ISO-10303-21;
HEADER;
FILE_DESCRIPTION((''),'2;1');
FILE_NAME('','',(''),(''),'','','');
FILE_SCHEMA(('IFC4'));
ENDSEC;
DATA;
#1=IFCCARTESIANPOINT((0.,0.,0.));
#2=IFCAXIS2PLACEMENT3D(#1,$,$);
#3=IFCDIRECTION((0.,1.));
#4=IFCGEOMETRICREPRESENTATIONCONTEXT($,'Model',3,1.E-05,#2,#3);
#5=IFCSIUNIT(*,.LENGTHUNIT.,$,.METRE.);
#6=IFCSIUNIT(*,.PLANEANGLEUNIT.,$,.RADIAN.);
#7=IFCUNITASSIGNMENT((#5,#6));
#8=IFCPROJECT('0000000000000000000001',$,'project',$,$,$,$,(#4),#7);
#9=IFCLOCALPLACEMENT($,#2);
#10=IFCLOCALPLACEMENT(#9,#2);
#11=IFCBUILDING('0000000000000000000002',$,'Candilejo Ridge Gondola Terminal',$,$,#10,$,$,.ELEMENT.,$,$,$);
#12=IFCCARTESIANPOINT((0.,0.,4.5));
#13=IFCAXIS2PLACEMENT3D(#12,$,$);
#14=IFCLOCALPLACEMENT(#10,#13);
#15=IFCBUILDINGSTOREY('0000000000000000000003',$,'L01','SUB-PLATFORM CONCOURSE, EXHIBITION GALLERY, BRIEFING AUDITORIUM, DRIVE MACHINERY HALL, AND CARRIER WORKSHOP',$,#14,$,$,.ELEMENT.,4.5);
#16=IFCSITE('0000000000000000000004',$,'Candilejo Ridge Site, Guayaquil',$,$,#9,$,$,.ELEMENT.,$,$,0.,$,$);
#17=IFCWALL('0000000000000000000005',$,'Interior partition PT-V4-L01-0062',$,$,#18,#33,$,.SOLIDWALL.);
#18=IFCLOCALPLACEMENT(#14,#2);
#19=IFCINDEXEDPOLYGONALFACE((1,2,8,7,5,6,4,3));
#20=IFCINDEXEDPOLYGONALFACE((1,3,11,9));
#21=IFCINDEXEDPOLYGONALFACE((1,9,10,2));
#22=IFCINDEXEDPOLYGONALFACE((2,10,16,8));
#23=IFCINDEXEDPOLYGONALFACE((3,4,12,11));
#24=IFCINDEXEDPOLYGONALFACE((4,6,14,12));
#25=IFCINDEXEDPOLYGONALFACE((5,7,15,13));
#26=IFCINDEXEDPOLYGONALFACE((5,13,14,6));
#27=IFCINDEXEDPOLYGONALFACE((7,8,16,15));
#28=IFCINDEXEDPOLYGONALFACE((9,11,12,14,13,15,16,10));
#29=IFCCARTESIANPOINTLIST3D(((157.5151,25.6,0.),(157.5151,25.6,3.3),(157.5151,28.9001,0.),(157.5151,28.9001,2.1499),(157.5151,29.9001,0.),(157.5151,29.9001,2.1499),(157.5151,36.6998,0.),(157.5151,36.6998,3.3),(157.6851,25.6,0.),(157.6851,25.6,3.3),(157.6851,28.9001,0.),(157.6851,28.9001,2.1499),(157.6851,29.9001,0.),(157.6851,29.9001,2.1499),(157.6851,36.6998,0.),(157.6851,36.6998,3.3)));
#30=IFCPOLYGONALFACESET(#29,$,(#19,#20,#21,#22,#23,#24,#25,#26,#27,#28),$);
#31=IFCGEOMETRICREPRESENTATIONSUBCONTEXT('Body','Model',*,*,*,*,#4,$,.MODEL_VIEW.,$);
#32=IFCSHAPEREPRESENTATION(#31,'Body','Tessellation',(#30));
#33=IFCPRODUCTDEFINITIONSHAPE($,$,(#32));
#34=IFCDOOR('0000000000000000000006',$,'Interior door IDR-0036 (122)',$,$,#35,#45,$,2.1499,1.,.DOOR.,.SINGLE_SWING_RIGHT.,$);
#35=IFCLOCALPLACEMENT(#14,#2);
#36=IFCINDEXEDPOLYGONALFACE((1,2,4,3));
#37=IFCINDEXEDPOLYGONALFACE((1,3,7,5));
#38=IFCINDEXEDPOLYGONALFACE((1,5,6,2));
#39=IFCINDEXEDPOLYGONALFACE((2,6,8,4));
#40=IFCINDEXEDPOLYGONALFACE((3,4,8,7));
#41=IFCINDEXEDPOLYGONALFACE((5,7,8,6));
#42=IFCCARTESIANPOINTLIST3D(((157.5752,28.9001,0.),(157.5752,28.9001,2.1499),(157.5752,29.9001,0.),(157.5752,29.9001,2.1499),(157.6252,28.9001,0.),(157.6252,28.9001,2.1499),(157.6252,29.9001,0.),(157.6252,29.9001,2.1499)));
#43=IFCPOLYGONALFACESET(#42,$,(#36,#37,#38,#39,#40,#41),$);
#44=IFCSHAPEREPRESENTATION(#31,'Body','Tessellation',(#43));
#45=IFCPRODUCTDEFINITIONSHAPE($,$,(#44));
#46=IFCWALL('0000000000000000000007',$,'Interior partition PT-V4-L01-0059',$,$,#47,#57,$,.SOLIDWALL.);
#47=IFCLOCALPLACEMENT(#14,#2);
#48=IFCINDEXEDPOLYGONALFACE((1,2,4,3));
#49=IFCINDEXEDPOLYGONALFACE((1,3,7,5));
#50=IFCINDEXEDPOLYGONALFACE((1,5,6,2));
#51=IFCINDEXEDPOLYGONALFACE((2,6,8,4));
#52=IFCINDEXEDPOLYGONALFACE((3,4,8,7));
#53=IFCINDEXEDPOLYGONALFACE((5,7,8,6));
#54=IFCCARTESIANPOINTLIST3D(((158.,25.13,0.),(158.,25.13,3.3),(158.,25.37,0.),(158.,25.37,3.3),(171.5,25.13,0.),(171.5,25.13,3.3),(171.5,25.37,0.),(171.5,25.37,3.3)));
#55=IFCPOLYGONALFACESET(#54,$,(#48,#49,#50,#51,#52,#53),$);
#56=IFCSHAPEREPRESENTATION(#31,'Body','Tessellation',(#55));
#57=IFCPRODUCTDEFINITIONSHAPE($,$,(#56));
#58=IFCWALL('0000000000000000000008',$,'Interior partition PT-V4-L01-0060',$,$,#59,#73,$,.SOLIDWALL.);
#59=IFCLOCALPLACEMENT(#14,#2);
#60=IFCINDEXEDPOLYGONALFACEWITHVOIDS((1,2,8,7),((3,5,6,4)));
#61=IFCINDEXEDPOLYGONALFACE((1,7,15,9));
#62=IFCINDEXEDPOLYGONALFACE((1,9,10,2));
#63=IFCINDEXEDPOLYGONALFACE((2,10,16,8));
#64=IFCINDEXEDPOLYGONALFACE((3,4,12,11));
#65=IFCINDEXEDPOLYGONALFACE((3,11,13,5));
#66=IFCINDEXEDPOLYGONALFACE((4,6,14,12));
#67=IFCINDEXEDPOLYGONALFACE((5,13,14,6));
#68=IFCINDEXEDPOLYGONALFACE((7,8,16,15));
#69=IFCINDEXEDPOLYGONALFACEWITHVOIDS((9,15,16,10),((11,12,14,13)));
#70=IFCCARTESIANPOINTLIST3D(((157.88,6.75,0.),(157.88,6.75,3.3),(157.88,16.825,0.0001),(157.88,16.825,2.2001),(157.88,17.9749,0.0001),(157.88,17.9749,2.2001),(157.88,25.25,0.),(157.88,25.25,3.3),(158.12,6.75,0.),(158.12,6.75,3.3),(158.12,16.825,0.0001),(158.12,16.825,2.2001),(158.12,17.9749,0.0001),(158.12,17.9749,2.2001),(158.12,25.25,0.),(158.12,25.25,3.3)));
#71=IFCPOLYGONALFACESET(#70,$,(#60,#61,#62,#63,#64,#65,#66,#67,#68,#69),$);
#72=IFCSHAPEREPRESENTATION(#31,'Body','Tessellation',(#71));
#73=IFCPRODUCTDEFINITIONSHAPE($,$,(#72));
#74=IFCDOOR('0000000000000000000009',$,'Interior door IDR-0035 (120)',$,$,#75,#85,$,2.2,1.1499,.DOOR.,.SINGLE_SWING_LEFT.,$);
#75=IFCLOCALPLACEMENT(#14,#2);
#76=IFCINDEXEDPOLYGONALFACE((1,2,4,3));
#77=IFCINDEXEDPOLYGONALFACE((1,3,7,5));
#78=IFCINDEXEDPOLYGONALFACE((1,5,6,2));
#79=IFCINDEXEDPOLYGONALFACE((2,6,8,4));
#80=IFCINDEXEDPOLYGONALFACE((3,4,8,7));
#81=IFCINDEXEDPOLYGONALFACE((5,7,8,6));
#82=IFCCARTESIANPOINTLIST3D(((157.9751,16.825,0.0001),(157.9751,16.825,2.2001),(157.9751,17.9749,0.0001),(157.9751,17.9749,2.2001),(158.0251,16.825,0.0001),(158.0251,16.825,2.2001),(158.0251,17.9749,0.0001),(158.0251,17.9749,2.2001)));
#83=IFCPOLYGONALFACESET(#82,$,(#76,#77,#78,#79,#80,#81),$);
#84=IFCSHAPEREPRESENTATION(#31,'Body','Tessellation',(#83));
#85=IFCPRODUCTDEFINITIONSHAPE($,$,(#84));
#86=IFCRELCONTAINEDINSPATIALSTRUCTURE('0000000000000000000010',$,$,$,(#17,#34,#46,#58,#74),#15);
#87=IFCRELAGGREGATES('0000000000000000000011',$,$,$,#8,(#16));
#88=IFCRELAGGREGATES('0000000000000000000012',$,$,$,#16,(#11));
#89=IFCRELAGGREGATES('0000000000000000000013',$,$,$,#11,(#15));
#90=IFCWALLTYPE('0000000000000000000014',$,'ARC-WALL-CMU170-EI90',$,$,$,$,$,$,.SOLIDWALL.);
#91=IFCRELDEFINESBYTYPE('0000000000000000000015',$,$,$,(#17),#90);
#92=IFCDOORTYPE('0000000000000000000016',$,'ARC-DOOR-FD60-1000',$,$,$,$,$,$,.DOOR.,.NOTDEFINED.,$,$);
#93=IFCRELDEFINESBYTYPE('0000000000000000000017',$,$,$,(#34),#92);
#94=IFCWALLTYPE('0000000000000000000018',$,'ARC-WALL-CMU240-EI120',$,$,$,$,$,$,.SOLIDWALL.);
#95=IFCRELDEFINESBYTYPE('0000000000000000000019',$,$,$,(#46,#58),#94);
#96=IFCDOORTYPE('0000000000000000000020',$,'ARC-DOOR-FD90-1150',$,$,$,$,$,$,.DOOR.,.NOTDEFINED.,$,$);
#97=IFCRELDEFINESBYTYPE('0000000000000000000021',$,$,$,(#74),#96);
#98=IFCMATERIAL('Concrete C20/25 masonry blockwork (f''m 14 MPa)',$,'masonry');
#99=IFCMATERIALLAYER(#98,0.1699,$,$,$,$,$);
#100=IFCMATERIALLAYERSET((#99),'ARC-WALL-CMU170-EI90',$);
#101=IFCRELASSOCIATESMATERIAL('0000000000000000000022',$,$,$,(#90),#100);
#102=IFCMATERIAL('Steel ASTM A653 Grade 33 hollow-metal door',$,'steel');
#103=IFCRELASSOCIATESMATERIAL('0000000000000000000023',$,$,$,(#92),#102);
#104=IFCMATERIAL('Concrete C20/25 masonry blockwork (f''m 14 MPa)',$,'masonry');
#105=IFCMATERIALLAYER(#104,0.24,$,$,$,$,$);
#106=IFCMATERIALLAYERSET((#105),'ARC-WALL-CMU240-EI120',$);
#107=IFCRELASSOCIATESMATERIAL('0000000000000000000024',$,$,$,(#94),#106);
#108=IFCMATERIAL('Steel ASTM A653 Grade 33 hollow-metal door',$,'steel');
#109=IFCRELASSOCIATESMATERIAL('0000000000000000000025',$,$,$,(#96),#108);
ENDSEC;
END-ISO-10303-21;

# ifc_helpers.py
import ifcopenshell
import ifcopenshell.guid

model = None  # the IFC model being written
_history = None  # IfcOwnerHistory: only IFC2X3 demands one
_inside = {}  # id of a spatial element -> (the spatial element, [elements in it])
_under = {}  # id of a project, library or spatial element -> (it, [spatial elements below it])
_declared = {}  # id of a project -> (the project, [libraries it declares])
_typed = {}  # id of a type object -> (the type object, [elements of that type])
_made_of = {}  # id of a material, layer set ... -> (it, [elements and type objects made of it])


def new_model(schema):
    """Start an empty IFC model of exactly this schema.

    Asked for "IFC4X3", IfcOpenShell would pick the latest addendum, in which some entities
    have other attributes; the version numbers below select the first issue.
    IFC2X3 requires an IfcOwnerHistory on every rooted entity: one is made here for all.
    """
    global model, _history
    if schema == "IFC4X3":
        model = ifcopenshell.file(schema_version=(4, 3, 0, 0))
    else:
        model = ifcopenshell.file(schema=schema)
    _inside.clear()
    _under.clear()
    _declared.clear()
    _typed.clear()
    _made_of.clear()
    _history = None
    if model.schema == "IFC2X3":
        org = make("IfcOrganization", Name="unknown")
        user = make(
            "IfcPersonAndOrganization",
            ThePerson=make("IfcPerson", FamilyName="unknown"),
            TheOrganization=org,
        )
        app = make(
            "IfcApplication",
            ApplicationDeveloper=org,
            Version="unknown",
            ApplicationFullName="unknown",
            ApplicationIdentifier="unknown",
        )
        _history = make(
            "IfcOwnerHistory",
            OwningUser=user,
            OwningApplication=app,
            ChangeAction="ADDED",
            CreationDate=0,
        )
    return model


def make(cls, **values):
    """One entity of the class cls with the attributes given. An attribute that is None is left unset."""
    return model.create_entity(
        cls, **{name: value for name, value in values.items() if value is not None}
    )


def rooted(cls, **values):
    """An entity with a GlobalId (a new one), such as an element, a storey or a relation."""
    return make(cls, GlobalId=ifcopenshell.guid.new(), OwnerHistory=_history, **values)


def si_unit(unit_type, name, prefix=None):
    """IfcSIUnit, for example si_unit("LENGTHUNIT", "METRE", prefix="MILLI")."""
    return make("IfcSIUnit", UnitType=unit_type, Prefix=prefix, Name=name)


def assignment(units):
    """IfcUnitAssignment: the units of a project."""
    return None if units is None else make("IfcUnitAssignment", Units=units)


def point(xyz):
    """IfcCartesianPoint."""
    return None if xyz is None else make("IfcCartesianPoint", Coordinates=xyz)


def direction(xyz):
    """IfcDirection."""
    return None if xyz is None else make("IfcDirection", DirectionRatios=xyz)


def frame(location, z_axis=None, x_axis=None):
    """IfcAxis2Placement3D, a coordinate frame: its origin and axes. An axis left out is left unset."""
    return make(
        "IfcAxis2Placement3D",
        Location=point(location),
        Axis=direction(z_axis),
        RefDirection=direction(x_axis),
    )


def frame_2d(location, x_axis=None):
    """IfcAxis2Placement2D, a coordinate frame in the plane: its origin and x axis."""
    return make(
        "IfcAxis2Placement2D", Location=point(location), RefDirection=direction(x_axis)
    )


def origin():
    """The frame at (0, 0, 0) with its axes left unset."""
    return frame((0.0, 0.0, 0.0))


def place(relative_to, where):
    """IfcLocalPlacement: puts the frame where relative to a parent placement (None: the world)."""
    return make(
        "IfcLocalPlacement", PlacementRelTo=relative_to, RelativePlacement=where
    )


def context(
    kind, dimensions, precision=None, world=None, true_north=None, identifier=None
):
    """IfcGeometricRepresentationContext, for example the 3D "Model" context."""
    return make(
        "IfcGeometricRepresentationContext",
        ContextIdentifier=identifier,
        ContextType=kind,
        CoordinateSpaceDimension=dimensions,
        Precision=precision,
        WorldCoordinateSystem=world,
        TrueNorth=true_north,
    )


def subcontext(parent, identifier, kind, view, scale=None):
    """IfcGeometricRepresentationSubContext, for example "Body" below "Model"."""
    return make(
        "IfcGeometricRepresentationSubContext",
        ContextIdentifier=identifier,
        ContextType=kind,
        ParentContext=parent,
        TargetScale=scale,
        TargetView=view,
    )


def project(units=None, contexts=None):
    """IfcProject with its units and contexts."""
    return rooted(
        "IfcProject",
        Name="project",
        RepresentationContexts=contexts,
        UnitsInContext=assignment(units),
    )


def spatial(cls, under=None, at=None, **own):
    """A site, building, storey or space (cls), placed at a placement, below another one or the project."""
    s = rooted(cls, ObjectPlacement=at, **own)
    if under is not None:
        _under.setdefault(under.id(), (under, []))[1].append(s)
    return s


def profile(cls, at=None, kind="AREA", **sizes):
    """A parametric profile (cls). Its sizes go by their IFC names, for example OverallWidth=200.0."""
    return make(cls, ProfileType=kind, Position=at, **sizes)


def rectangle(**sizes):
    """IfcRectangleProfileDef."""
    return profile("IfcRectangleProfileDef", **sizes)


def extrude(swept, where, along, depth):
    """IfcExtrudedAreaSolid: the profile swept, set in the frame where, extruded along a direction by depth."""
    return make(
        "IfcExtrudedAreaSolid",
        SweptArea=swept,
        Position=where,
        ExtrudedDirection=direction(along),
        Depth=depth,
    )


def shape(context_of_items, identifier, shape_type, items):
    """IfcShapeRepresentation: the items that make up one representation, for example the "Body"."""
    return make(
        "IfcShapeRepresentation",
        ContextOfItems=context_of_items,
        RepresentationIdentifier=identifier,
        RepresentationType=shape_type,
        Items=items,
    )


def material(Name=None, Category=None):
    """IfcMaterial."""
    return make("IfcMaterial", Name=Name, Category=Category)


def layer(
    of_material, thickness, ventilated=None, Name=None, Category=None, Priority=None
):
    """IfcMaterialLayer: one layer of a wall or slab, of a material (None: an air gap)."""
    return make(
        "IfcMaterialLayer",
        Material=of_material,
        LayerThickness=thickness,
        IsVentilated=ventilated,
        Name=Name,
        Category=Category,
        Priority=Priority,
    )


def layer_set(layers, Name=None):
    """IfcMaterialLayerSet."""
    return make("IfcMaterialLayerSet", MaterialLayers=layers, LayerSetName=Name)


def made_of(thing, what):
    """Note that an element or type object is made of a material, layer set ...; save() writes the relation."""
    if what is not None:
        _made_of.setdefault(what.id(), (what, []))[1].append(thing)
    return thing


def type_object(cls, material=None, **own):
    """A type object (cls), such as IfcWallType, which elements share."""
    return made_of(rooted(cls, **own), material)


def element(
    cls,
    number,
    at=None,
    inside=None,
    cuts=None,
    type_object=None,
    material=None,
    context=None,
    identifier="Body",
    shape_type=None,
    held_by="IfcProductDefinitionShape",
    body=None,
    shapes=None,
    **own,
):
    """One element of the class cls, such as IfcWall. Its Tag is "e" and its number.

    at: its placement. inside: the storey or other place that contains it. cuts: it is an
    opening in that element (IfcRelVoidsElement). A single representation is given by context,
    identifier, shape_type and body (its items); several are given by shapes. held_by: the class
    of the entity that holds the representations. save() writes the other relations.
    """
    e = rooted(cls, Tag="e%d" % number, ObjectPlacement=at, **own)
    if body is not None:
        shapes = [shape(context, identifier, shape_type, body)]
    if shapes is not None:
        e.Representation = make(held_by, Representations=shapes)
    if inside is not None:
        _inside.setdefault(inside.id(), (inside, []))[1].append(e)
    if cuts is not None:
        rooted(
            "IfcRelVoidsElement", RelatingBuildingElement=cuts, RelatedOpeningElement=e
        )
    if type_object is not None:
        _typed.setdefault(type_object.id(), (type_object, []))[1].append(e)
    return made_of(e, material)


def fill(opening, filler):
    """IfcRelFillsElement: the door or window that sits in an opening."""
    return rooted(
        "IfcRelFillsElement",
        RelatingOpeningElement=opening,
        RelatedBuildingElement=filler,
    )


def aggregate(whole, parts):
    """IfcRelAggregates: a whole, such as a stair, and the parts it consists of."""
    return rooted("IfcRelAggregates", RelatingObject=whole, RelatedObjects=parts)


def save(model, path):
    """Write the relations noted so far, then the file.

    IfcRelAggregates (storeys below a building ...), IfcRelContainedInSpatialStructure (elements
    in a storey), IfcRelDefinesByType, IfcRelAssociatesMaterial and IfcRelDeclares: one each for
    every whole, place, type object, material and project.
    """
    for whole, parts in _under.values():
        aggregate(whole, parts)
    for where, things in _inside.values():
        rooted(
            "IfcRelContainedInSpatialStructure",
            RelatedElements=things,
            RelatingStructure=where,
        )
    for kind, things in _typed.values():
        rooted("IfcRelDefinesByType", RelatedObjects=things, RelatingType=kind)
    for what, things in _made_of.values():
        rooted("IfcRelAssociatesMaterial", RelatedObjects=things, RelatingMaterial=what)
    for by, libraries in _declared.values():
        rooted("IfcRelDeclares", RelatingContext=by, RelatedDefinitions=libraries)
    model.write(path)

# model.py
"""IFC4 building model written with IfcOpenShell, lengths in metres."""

from ifc_helpers import new_model, si_unit, direction, frame, frame_2d, origin, place, context, subcontext, project, spatial, rectangle, extrude, material, layer, layer_set, type_object, element, fill, save


model = new_model("IFC4")

# Units and contexts
model_context = context("Model", 3, precision=1e-05, world=origin(), true_north=direction((0.0, 1.0)))
body_context = subcontext(model_context, "Body", "Model", "MODEL_VIEW")
ifc_project = project(units=[si_unit("LENGTHUNIT", "METRE"), si_unit("PLANEANGLEUNIT", "RADIAN")], contexts=[model_context])

# Site, building, storey
site_placement = place(None, origin())
site = spatial("IfcSite", under=ifc_project, at=site_placement, Name="Candilejo Ridge Site, Guayaquil", CompositionType="ELEMENT", RefElevation=0.0)
building_placement = place(site_placement, origin())
building = spatial("IfcBuilding", under=site, at=building_placement, Name="Candilejo Ridge Gondola Terminal", CompositionType="ELEMENT")
storey_placement = place(building_placement, frame((0.0, 0.0, 4.5)))
storey = spatial("IfcBuildingStorey", under=building, at=storey_placement, Name="L01", Description="SUB-PLATFORM CONCOURSE, EXHIBITION GALLERY, BRIEFING AUDITORIUM, DRIVE MACHINERY HALL, AND CARRIER WORKSHOP", CompositionType="ELEMENT", Elevation=4.5)

# Wall, opening, door
ifc_material_1 = material(Name="Concrete C20/25 masonry blockwork (f'm 14 MPa)", Category="masonry")
ifc_layer_1 = layer(ifc_material_1, 0.1699)
ifc_layer_set_1 = layer_set([ifc_layer_1], Name="ARC-WALL-CMU170-EI90")
wall_type_1 = type_object("IfcWallType", Name="ARC-WALL-CMU170-EI90", PredefinedType="SOLIDWALL", material=ifc_layer_set_1)
wall_1_placement = place(storey_placement, frame((157.6001, 25.6001, 0.0), z_axis=(0.0, 0.0, 1.0), x_axis=(0.0, 1.0, 0.0)))
wall_1 = element("IfcWall", 1, at=wall_1_placement, inside=storey, type_object=wall_type_1, Name="Interior partition PT-V4-L01-0062", PredefinedType="SOLIDWALL", context=body_context, shape_type="SweptSolid", body=[
    extrude(rectangle(XDim=11.0999, YDim=0.1699, at=frame_2d((5.5498, 0.0))), origin(), (0.0, 0.0, 1.0), 3.3),
])
opening_1_placement = place(wall_1_placement, frame((3.3, 0.0, 0.0)))
opening_1 = element("IfcOpeningElement", 2, at=opening_1_placement, cuts=wall_1, PredefinedType="OPENING", context=body_context, shape_type="SweptSolid", body=[
    extrude(rectangle(XDim=1.0, YDim=2.1499, at=frame_2d((0.5, 1.075))), frame((0.0, 0.095, 0.0), z_axis=(0.0, -1.0, 0.0), x_axis=(1.0, 0.0, 0.0)), (0.0, 0.0, 1.0), 0.1899),
])
ifc_material_2 = material(Name="Steel ASTM A653 Grade 33 hollow-metal door", Category="steel")
door_type_1 = type_object("IfcDoorType", Name="ARC-DOOR-FD60-1000", OperationType="NOTDEFINED", PredefinedType="DOOR", material=ifc_material_2)
door_1_placement = place(opening_1_placement, origin())
door_1 = element("IfcDoor", 3, at=door_1_placement, inside=storey, type_object=door_type_1, Name="Interior door IDR-0036 (122)", OperationType="SINGLE_SWING_RIGHT", OverallHeight=2.1499, OverallWidth=1.0, PredefinedType="DOOR", context=body_context, shape_type="SweptSolid", body=[
    extrude(rectangle(XDim=1.0, YDim=2.1499, at=frame_2d((0.5, 1.075))), frame((0.0, 0.0249, 0.0), z_axis=(0.0, -1.0, 0.0), x_axis=(1.0, 0.0, 0.0)), (0.0, 0.0, 1.0), 0.05),
])
fill(opening_1, door_1)

# Wall
ifc_material_3 = material(Name="Concrete C20/25 masonry blockwork (f'm 14 MPa)", Category="masonry")
ifc_layer_2 = layer(ifc_material_3, 0.24)
ifc_layer_set_2 = layer_set([ifc_layer_2], Name="ARC-WALL-CMU240-EI120")
wall_type_2 = type_object("IfcWallType", Name="ARC-WALL-CMU240-EI120", PredefinedType="SOLIDWALL", material=ifc_layer_set_2)
wall_2_placement = place(storey_placement, frame((158.0, 25.25, 0.0), z_axis=(0.0, 0.0, 1.0), x_axis=(1.0, 0.0, 0.0)))
element("IfcWall", 4, at=wall_2_placement, inside=storey, type_object=wall_type_2, Name="Interior partition PT-V4-L01-0059", PredefinedType="SOLIDWALL", context=body_context, shape_type="SweptSolid", body=[
    extrude(rectangle(XDim=13.5, YDim=0.24, at=frame_2d((6.75, 0.0))), origin(), (0.0, 0.0, 1.0), 3.3),
])

# Wall, opening, door
wall_3_placement = place(storey_placement, frame((158.0, 6.75, 0.0), z_axis=(0.0, 0.0, 1.0), x_axis=(0.0, 1.0, 0.0)))
wall_3 = element("IfcWall", 5, at=wall_3_placement, inside=storey, type_object=wall_type_2, Name="Interior partition PT-V4-L01-0060", PredefinedType="SOLIDWALL", context=body_context, shape_type="SweptSolid", body=[
    extrude(rectangle(XDim=18.5, YDim=0.24, at=frame_2d((9.25, 0.0))), origin(), (0.0, 0.0, 1.0), 3.3),
])
opening_2_placement = place(wall_3_placement, frame((10.075, 0.0, 0.0)))
opening_2 = element("IfcOpeningElement", 6, at=opening_2_placement, cuts=wall_3, PredefinedType="OPENING", context=body_context, shape_type="SweptSolid", body=[
    extrude(rectangle(XDim=1.1499, YDim=2.2, at=frame_2d((0.575, 1.1001))), frame((0.0, 0.1299, 0.0), z_axis=(0.0, -1.0, 0.0), x_axis=(1.0, 0.0, 0.0)), (0.0, 0.0, 1.0), 0.26),
])
ifc_material_4 = material(Name="Steel ASTM A653 Grade 33 hollow-metal door", Category="steel")
door_type_2 = type_object("IfcDoorType", Name="ARC-DOOR-FD90-1150", OperationType="NOTDEFINED", PredefinedType="DOOR", material=ifc_material_4)
door_2_placement = place(opening_2_placement, origin())
door_2 = element("IfcDoor", 7, at=door_2_placement, inside=storey, type_object=door_type_2, Name="Interior door IDR-0035 (120)", OperationType="SINGLE_SWING_LEFT", OverallHeight=2.2, OverallWidth=1.1499, PredefinedType="DOOR", context=body_context, shape_type="SweptSolid", body=[
    extrude(rectangle(XDim=1.1499, YDim=2.2, at=frame_2d((0.575, 1.1001))), frame((0.0, 0.0249, 0.0), z_axis=(0.0, -1.0, 0.0), x_axis=(1.0, 0.0, 0.0)), (0.0, 0.0, 1.0), 0.05),
])
fill(opening_2, door_2)

save(model, "model.ifc")
